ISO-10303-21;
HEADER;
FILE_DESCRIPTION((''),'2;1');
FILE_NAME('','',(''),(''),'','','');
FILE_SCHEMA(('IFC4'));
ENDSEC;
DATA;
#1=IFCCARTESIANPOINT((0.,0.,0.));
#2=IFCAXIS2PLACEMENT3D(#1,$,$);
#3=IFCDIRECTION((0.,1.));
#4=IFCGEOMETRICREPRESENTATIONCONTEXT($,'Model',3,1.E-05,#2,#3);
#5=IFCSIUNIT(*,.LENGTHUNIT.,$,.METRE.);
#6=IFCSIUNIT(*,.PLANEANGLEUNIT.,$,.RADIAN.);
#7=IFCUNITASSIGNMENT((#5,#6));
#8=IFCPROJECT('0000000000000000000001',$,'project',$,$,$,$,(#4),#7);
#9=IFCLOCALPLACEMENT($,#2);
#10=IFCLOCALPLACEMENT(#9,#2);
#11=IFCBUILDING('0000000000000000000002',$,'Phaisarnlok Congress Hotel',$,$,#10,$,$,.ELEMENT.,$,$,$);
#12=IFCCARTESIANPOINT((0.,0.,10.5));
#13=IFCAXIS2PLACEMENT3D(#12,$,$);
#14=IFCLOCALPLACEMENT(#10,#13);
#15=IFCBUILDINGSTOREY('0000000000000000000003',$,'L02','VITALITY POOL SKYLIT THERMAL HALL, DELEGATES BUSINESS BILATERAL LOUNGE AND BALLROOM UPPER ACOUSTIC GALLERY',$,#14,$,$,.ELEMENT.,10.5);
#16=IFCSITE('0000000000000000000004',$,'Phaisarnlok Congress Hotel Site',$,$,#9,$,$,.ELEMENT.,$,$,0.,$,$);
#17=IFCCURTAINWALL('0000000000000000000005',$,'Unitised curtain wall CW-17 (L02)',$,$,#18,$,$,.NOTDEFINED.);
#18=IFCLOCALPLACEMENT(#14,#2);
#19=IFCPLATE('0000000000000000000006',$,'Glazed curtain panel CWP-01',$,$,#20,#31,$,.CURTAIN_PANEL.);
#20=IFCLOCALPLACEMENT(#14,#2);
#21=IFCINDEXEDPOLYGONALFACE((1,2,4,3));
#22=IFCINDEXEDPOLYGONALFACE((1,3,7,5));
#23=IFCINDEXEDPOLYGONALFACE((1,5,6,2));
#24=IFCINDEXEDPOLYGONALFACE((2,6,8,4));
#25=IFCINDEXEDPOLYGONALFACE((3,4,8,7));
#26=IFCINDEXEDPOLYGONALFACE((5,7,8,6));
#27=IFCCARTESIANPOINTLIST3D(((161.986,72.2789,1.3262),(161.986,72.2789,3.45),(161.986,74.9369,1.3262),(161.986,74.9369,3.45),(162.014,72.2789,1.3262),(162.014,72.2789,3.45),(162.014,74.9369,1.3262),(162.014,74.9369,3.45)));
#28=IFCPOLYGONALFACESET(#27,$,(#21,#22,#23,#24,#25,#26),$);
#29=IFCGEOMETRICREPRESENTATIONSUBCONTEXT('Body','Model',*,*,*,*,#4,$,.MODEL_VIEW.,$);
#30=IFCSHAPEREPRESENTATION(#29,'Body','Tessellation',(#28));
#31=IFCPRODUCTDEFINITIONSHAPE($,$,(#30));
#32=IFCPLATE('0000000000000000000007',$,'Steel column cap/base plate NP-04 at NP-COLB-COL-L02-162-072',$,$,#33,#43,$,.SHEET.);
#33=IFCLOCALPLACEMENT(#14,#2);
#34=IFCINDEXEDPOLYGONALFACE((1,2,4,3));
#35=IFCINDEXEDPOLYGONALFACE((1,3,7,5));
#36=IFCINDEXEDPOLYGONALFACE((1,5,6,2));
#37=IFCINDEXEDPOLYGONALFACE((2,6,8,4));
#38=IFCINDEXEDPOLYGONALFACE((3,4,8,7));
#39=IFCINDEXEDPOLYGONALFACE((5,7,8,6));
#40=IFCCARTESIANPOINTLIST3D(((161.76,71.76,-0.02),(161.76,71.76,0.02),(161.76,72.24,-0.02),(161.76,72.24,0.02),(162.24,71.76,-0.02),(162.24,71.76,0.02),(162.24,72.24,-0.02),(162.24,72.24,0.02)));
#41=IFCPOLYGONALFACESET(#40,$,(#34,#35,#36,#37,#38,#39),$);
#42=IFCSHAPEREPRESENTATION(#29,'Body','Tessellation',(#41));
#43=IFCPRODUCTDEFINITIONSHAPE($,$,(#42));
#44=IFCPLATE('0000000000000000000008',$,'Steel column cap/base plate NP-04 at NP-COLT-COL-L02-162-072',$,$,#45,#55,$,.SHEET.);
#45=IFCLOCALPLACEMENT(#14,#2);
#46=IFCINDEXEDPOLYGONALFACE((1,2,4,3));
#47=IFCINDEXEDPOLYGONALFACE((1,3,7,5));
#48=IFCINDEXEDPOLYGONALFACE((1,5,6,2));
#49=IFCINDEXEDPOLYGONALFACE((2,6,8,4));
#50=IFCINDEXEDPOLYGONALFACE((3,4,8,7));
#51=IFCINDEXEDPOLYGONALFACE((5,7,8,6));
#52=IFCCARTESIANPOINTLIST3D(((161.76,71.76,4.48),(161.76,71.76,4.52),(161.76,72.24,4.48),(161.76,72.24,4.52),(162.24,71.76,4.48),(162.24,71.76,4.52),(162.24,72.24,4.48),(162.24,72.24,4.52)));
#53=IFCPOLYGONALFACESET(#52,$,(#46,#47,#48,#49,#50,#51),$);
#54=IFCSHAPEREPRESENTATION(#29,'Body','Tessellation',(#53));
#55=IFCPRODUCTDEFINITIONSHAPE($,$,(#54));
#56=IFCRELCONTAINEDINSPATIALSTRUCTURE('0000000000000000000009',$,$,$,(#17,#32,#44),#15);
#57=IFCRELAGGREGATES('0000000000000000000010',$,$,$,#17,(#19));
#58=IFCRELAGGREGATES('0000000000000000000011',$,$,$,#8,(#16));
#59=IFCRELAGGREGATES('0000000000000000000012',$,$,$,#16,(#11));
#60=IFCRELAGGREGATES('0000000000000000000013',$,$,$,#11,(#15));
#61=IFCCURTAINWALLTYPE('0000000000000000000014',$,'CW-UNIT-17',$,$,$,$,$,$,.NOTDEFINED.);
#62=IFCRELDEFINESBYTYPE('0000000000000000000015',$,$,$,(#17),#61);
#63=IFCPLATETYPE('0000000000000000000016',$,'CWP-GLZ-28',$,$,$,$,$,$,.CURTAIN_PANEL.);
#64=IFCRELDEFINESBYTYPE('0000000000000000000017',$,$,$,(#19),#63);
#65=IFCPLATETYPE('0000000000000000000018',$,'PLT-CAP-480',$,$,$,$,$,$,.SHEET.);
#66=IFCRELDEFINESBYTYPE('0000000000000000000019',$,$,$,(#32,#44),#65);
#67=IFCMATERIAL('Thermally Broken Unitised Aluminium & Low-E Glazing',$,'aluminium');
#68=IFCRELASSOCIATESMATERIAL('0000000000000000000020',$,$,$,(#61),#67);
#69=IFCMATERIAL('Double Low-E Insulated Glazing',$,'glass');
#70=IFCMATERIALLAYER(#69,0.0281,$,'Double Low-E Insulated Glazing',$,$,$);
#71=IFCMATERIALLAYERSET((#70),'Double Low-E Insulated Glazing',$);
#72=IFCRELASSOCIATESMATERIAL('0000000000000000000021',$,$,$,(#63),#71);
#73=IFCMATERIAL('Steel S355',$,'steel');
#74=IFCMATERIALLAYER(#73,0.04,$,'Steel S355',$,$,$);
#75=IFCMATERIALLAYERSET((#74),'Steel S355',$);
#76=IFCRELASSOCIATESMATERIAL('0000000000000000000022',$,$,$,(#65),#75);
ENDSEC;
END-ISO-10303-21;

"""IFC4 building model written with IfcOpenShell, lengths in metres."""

from ifc_helpers import new_model, si_unit, direction, frame, frame_2d, origin, origin_2d, place, context, subcontext, project, spatial, rectangle, extrude, material, layer, layer_set, type_object, element, aggregate, save


model = new_model("IFC4")

# Units and contexts
model_context = context("Model", 3, precision=1e-05, world=origin(), true_north=direction((0.0, 1.0)))
body_context = subcontext(model_context, "Body", "Model", "MODEL_VIEW")
ifc_project = project(units=[si_unit("LENGTHUNIT", "METRE"), si_unit("PLANEANGLEUNIT", "RADIAN")], contexts=[model_context])

# Site, building, storey
site_placement = place(None, origin())
site = spatial("IfcSite", under=ifc_project, at=site_placement, Name="Phaisarnlok Congress Hotel Site", CompositionType="ELEMENT", RefElevation=0.0)
building_placement = place(site_placement, origin())
building = spatial("IfcBuilding", under=site, at=building_placement, Name="Phaisarnlok Congress Hotel", CompositionType="ELEMENT")
storey_placement = place(building_placement, frame((0.0, 0.0, 10.5)))
storey = spatial("IfcBuildingStorey", under=building, at=storey_placement, Name="L02", Description="VITALITY POOL SKYLIT THERMAL HALL, DELEGATES BUSINESS BILATERAL LOUNGE AND BALLROOM UPPER ACOUSTIC GALLERY", CompositionType="ELEMENT", Elevation=10.5)

# Shared definitions
ifc_material_1 = material(Name="Steel S355", Category="steel")

# Shared definitions
ifc_material_2 = material(Name="Thermally Broken Unitised Aluminium & Low-E Glazing", Category="aluminium")

# Curtain wall
curtain_wall_type_1 = type_object("IfcCurtainWallType", Name="CW-UNIT-17", PredefinedType="NOTDEFINED", material=ifc_material_2)
curtain_wall_1_placement = place(storey_placement, origin())
curtain_wall_1 = element("IfcCurtainWall", 1, at=curtain_wall_1_placement, inside=storey, type_object=curtain_wall_type_1, Name="Unitised curtain wall CW-17 (L02)", PredefinedType="NOTDEFINED")

# Plate
ifc_material_3 = material(Name="Double Low-E Insulated Glazing", Category="glass")
ifc_layer_1 = layer(ifc_material_3, 0.0281, Name="Double Low-E Insulated Glazing")
ifc_layer_set_1 = layer_set([ifc_layer_1], Name="Double Low-E Insulated Glazing")
plate_type_1 = type_object("IfcPlateType", Name="CWP-GLZ-28", PredefinedType="CURTAIN_PANEL", material=ifc_layer_set_1)
plate_1_placement = place(storey_placement, frame((162.0, 74.937, 1.3262), z_axis=(0.0, 0.0, 1.0), x_axis=(0.0, -1.0, 0.0)))
plate_1 = element("IfcPlate", 2, at=plate_1_placement, type_object=plate_type_1, Name="Glazed curtain panel CWP-01", PredefinedType="CURTAIN_PANEL", context=body_context, shape_type="SweptSolid", body=[
    extrude(rectangle(XDim=2.658, YDim=0.0281, at=frame_2d((1.3291, 0.0))), origin(), (0.0, 0.0, 1.0), 2.1238),
])
aggregate(curtain_wall_1, [plate_1])

# Plates
ifc_layer_2 = layer(ifc_material_1, 0.04, Name="Steel S355")
ifc_layer_set_2 = layer_set([ifc_layer_2], Name="Steel S355")
plate_type_2 = type_object("IfcPlateType", Name="PLT-CAP-480", PredefinedType="SHEET", material=ifc_layer_set_2)
for number, where, z_axis, x_axis, name in (
    (3, (162.0, 72.0, -0.02), (0.0, 0.0, 1.0), (1.0, 0.0, 0.0), "Steel column cap/base plate NP-04 at NP-COLB-COL-L02-162-072"),
    (4, (162.0, 72.0, 4.48), (0.0, 0.0, 1.0), (1.0, 0.0, 0.0), "Steel column cap/base plate NP-04 at NP-COLT-COL-L02-162-072"),
):
    element("IfcPlate", number, at=place(storey_placement, frame(where, z_axis=z_axis, x_axis=x_axis)), inside=storey, type_object=plate_type_2, Name=name, PredefinedType="SHEET", context=body_context, shape_type="SweptSolid", body=[
        extrude(rectangle(XDim=0.48, YDim=0.48, at=origin_2d()), origin(), (0.0, 0.0, 1.0), 0.04),
    ])

save(model, "model.ifc")
